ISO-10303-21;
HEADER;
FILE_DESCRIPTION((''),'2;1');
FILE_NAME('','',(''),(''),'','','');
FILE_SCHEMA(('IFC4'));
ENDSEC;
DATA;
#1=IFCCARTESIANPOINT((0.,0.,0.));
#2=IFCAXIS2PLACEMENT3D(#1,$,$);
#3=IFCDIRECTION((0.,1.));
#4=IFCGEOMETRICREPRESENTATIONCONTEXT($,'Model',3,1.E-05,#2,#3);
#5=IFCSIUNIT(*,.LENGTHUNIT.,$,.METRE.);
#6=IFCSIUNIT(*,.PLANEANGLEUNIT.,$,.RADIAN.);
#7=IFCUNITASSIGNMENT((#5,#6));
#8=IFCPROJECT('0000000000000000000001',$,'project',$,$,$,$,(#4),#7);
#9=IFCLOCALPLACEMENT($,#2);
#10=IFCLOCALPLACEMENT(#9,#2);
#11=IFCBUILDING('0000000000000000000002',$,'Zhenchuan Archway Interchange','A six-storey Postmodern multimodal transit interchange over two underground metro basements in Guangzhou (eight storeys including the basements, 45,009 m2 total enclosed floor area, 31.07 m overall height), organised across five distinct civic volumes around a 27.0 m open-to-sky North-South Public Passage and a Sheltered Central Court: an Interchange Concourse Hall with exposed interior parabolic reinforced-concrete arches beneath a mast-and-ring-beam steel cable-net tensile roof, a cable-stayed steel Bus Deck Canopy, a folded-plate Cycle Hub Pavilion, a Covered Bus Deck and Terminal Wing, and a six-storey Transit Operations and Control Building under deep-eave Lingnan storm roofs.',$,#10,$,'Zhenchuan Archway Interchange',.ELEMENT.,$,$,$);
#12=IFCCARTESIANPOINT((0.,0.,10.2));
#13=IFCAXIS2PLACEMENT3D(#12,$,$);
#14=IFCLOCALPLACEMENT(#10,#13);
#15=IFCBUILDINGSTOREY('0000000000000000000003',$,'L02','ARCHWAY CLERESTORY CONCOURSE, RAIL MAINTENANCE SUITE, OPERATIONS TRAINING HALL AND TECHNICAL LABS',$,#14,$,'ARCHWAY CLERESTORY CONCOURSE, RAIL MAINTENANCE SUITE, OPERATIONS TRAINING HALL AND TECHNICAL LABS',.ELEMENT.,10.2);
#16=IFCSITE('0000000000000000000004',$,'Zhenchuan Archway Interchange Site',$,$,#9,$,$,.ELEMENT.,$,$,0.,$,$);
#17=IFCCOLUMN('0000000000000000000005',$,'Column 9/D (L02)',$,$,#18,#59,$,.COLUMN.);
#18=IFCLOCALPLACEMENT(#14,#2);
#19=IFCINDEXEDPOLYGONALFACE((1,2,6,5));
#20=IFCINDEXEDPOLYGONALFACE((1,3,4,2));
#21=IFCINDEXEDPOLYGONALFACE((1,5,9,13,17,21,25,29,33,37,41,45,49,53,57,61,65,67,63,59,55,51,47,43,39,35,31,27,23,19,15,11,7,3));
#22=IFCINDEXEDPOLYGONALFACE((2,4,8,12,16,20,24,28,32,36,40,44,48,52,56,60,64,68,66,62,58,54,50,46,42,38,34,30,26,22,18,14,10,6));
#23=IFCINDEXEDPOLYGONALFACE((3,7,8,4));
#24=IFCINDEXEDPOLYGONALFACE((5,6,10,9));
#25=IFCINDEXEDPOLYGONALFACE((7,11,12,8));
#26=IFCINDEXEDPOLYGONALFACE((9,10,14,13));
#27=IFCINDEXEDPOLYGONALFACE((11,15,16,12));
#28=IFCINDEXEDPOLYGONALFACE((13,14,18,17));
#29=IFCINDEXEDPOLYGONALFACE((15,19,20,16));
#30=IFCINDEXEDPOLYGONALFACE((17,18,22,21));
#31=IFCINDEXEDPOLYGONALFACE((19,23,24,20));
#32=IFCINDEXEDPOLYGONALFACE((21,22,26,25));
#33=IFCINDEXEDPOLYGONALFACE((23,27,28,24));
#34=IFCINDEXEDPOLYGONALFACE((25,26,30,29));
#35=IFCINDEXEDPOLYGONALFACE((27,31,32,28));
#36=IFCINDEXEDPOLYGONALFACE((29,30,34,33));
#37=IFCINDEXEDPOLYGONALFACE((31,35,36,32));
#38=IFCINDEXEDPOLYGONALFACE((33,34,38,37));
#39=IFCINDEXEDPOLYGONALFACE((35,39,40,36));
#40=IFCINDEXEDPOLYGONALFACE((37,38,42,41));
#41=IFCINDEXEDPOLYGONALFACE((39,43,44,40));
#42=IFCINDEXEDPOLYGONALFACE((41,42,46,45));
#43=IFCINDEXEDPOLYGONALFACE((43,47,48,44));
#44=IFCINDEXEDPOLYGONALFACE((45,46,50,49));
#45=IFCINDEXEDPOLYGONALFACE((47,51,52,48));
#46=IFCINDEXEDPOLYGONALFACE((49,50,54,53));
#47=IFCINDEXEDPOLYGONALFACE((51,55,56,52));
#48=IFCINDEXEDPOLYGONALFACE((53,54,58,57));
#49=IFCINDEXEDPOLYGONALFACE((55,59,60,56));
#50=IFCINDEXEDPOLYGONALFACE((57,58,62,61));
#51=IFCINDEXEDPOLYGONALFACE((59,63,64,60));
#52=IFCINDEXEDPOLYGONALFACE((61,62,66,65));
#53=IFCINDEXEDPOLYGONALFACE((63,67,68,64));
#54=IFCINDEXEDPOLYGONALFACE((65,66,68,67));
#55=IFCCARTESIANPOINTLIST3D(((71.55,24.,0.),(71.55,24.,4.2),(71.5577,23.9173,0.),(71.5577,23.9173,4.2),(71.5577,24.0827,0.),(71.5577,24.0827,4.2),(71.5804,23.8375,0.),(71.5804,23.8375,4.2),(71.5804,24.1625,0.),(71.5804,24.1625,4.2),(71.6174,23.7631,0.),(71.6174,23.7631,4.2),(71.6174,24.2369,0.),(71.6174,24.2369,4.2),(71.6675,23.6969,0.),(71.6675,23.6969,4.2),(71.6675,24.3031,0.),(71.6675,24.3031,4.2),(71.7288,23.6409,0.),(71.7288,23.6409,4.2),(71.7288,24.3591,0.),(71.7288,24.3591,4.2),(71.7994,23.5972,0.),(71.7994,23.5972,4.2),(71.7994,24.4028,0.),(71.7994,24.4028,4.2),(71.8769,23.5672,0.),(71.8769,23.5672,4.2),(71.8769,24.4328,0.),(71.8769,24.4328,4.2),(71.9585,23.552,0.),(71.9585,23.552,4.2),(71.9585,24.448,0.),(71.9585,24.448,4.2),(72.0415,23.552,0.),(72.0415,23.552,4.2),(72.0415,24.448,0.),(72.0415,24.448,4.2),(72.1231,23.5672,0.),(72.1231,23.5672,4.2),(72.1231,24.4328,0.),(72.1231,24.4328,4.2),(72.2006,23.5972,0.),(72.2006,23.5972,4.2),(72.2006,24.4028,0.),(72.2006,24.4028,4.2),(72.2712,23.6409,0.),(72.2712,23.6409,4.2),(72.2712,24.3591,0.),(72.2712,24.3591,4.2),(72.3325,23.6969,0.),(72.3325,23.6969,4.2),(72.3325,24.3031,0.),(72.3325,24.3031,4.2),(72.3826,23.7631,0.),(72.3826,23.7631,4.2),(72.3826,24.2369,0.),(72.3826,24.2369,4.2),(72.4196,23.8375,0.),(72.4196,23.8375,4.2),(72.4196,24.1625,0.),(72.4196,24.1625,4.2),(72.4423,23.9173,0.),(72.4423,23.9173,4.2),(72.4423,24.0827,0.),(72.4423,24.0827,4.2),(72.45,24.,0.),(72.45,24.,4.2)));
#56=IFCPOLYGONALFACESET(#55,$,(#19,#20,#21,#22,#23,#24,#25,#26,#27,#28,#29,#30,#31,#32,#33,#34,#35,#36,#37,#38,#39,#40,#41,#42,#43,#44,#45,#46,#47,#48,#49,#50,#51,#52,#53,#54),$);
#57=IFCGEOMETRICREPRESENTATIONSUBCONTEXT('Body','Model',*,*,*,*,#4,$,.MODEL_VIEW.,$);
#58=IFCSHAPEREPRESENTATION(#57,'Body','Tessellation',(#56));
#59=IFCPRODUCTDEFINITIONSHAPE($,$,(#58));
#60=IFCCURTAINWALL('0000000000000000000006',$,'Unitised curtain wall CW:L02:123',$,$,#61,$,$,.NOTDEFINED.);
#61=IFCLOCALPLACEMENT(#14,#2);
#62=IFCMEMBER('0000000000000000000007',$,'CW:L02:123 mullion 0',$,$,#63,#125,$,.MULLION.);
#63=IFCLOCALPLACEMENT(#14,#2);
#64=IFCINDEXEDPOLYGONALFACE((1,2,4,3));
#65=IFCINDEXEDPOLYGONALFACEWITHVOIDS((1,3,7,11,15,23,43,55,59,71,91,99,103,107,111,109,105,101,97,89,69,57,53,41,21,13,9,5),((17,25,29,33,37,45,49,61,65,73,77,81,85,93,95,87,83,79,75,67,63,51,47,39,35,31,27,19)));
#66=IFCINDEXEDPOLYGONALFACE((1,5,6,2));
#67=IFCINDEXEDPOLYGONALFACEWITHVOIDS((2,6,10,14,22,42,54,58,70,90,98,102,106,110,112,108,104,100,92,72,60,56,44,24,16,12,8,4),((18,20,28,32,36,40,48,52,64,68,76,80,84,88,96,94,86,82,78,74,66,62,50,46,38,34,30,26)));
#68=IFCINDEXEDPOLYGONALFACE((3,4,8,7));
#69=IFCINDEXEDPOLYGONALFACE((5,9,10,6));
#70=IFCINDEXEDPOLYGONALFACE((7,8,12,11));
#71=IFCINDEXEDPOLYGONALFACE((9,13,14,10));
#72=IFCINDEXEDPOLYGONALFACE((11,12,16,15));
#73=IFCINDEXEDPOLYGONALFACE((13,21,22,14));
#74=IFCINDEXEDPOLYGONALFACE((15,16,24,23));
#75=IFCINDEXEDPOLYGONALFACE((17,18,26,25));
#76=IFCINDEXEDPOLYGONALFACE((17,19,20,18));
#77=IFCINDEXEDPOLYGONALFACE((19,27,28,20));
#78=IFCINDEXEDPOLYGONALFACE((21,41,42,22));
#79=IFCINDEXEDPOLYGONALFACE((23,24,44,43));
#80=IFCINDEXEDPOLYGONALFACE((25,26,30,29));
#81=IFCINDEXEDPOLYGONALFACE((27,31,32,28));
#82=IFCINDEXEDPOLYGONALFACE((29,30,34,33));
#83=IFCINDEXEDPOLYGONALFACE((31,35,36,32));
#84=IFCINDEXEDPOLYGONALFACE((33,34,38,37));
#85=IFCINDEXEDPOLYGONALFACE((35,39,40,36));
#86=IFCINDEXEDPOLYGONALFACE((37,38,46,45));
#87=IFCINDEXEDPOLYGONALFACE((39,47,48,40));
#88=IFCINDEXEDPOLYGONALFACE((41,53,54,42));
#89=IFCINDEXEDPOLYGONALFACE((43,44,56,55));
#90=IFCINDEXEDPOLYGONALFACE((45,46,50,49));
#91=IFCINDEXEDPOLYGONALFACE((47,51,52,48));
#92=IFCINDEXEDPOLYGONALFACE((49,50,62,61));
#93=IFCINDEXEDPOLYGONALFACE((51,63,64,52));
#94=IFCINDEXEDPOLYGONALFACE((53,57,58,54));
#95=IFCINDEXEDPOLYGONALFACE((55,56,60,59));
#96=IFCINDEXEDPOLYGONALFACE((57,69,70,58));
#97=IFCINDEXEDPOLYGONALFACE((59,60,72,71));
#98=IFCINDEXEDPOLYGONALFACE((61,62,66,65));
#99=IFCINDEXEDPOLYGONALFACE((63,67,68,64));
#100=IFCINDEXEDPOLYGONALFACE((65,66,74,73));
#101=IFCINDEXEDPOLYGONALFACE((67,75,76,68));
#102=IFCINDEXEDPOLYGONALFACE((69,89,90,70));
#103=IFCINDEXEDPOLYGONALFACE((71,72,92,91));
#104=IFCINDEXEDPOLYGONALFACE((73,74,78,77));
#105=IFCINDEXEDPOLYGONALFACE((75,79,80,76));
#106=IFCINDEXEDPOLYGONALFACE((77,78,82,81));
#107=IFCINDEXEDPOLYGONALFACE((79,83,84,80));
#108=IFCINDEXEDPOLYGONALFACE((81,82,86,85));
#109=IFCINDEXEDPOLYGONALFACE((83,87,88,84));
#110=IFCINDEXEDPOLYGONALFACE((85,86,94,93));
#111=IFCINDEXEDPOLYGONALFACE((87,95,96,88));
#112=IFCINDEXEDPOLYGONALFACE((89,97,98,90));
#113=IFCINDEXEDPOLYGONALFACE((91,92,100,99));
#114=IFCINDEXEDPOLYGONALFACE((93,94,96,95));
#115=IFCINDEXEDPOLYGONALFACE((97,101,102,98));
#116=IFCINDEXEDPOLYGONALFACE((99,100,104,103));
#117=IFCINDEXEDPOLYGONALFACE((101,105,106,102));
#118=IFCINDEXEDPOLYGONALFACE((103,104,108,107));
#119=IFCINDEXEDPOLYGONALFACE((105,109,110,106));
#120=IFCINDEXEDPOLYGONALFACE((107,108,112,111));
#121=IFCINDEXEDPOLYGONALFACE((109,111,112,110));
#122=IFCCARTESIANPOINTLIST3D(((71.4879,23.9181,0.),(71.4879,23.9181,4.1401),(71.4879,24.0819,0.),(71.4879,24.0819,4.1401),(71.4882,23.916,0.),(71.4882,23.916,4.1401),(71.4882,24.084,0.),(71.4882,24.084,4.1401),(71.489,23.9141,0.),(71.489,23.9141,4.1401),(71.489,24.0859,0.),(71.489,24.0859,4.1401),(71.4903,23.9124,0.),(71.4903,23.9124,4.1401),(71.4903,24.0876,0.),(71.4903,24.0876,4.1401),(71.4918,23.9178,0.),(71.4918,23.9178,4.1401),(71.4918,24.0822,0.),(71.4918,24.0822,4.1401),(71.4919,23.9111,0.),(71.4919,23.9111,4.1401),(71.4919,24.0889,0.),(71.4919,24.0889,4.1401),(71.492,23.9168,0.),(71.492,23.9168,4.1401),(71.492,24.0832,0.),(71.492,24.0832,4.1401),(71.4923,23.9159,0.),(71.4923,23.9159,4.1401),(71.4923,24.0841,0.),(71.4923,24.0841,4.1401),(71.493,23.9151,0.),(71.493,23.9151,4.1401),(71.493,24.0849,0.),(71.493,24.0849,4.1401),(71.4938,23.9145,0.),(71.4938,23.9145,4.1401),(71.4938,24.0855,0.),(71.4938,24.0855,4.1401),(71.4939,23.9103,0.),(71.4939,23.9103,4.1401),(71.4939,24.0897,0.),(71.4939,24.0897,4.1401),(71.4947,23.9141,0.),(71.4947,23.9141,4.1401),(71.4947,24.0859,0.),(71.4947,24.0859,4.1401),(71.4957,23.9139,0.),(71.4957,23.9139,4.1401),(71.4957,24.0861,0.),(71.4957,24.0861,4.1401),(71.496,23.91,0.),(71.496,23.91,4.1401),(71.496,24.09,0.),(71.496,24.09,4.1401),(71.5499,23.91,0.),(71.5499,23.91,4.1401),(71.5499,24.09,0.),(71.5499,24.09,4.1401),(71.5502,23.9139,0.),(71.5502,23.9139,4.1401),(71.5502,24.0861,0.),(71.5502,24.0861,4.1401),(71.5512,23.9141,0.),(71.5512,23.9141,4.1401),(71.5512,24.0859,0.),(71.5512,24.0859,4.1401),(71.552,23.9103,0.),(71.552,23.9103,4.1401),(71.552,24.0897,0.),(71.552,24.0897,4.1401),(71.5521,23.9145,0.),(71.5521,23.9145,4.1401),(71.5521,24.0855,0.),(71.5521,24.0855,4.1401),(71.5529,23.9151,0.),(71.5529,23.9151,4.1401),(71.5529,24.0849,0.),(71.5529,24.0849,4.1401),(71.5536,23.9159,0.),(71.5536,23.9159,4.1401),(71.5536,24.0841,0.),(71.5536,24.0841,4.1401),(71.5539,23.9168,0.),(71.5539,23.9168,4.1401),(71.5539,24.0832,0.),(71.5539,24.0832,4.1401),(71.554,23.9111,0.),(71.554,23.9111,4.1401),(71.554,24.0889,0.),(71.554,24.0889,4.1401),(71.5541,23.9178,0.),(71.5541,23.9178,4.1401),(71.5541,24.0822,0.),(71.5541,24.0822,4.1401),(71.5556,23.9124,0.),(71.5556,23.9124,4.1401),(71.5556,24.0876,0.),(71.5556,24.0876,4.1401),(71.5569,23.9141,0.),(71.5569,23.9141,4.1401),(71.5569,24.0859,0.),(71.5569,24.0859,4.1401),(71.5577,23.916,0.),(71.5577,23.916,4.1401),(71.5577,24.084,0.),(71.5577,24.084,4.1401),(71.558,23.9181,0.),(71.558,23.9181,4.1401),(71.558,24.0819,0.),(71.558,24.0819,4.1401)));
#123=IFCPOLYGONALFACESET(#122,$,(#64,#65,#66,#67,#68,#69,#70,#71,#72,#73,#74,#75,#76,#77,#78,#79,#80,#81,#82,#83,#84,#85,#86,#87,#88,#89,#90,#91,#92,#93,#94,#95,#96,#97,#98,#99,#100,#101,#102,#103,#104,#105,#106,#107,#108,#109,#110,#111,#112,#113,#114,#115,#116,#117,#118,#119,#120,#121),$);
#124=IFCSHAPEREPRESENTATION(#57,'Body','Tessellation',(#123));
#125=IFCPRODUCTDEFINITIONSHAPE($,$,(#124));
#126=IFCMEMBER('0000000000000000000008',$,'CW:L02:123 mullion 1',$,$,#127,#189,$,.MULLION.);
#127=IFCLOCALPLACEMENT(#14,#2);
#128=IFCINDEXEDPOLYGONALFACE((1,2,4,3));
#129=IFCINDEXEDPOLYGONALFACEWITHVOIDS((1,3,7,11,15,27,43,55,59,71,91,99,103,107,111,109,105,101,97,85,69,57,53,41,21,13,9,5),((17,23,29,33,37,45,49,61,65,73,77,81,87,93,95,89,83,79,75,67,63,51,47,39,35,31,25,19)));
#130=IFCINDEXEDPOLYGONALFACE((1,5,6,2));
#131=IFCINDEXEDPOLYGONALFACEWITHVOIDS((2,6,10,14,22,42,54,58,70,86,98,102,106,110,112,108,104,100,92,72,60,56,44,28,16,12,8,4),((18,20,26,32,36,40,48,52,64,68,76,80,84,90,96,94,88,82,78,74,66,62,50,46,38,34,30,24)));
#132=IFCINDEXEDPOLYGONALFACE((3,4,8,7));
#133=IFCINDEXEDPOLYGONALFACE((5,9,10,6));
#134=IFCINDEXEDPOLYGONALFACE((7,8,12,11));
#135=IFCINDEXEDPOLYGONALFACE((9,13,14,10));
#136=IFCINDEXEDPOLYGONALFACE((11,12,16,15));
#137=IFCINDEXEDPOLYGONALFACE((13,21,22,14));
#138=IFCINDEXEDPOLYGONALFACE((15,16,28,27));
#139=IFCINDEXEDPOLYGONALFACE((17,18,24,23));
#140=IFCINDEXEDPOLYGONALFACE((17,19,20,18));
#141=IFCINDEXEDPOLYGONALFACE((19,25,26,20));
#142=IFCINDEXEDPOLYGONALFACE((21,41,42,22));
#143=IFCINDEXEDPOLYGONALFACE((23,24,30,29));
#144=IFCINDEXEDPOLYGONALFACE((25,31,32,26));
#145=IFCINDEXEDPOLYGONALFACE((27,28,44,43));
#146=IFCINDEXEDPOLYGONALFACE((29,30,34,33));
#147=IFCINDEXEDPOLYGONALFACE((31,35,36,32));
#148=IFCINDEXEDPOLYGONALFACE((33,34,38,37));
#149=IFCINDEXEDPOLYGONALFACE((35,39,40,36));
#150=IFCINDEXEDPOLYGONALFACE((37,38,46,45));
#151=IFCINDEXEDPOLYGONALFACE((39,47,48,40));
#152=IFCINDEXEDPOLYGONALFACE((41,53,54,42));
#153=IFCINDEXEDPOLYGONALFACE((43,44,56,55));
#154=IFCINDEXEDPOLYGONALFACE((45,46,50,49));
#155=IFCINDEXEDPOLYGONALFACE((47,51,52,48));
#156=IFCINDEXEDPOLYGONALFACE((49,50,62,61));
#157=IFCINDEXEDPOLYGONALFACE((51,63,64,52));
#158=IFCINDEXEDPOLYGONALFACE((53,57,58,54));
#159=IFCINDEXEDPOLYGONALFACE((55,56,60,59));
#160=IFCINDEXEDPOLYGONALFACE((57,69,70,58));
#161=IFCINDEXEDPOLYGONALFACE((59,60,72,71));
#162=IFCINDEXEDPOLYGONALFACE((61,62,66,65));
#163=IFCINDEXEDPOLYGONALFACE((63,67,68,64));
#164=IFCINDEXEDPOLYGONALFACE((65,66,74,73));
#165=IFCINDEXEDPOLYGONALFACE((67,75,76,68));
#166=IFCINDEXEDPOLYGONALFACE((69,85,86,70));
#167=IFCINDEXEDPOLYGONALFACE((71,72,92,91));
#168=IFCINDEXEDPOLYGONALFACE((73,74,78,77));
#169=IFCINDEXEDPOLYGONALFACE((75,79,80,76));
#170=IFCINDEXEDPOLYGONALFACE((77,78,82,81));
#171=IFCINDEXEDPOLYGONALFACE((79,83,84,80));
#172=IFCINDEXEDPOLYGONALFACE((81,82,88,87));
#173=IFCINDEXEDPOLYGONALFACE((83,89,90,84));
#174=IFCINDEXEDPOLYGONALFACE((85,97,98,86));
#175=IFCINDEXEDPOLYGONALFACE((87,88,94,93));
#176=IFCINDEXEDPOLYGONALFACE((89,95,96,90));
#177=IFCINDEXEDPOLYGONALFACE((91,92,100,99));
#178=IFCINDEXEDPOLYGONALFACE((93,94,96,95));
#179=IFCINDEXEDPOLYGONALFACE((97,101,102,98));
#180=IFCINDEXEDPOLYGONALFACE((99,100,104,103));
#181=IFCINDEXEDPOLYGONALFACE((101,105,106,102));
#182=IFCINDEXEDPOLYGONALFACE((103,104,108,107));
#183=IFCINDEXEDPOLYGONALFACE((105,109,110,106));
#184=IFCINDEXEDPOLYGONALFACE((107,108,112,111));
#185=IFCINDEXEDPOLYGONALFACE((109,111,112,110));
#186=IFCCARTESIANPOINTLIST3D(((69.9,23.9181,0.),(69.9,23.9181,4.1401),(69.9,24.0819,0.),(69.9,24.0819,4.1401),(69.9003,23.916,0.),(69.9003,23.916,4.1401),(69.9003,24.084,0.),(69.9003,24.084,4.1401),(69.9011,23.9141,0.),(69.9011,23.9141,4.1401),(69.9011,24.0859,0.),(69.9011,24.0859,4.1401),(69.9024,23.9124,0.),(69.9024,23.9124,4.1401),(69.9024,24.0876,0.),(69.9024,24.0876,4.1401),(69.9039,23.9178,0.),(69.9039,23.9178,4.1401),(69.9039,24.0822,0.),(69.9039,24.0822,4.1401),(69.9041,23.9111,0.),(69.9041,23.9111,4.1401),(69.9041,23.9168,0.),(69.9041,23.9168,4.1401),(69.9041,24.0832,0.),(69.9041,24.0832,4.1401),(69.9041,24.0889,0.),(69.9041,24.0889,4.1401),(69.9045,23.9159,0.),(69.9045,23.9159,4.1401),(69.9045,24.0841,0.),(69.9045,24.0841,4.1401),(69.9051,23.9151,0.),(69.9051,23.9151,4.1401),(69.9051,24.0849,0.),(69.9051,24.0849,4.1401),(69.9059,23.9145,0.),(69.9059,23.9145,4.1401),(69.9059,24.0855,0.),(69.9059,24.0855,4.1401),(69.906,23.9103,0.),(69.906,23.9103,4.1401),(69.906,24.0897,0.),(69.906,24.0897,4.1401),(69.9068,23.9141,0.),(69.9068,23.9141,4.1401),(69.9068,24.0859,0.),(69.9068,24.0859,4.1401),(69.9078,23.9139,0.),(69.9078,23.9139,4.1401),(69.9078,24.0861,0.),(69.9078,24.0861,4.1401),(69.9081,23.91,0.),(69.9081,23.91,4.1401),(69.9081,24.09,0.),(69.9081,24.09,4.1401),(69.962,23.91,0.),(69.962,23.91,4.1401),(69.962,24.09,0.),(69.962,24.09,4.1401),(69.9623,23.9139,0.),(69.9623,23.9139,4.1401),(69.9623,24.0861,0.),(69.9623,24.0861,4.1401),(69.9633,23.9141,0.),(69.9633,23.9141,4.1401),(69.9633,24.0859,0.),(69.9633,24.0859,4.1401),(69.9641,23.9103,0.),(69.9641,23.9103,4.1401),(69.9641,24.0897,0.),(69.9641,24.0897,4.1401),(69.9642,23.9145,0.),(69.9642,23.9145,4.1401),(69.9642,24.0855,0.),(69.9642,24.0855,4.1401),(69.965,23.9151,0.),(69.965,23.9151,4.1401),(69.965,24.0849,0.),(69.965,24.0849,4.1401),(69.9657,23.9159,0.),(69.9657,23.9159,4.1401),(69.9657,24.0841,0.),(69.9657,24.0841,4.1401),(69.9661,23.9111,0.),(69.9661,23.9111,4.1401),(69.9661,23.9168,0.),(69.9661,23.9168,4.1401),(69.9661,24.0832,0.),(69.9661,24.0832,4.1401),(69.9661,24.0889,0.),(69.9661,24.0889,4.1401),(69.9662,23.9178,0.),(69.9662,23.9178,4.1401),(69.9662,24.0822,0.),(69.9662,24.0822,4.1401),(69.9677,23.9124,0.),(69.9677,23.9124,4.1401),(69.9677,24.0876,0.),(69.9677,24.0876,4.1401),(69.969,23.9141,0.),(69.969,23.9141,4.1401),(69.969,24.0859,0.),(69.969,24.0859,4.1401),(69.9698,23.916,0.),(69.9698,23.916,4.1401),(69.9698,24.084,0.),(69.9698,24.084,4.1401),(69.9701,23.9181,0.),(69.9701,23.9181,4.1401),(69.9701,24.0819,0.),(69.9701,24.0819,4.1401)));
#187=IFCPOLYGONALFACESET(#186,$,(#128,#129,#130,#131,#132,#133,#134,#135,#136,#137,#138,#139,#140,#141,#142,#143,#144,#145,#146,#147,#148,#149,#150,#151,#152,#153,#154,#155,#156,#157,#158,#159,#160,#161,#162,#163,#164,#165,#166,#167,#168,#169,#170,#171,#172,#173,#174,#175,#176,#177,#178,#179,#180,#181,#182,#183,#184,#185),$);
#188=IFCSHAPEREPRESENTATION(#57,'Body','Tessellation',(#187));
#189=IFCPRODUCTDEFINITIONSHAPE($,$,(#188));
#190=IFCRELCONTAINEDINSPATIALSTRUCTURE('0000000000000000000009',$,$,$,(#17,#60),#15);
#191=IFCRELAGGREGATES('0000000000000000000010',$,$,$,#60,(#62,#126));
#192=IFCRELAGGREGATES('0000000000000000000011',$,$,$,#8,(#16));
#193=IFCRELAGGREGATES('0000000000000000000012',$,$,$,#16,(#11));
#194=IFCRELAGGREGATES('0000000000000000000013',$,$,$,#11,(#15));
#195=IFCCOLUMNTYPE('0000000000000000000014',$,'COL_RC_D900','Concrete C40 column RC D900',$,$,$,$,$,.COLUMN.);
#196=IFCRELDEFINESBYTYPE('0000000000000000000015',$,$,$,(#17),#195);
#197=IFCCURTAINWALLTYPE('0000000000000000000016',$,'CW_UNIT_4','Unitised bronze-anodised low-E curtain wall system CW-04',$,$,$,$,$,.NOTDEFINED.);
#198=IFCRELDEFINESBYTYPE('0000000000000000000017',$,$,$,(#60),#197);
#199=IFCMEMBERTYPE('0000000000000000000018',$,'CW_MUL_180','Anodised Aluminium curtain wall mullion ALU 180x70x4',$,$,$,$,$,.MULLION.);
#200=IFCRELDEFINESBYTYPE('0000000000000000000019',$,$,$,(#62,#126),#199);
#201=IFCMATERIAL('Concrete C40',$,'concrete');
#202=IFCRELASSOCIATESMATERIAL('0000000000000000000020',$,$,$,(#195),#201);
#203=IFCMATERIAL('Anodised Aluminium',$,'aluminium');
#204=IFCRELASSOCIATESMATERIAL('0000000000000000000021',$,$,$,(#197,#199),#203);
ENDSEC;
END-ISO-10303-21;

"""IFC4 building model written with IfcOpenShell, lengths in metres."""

from ifc_helpers import new_model, si_unit, direction, frame, origin, origin_2d, place, context, subcontext, project, spatial, hollow_rectangle, circle, extrude, material, material_profile, profile_set, type_object, element, aggregate, save


model = new_model("IFC4")

# Units and contexts
model_context = context("Model", 3, precision=1e-05, world=origin(), true_north=direction((0.0, 1.0)))
body_context = subcontext(model_context, "Body", "Model", "MODEL_VIEW")
ifc_project = project(units=[si_unit("LENGTHUNIT", "METRE"), si_unit("PLANEANGLEUNIT", "RADIAN")], contexts=[model_context])

# Site, building, storey
site_placement = place(None, origin())
site = spatial("IfcSite", under=ifc_project, at=site_placement, Name="Zhenchuan Archway Interchange Site", CompositionType="ELEMENT", RefElevation=0.0)
building_placement = place(site_placement, origin())
building = spatial("IfcBuilding", under=site, at=building_placement, Name="Zhenchuan Archway Interchange", Description="A six-storey Postmodern multimodal transit interchange over two underground metro basements in Guangzhou (eight storeys including the basements, 45,009 m2 total enclosed floor area, 31.07 m overall height), organised across five distinct civic volumes around a 27.0 m open-to-sky North-South Public Passage and a Sheltered Central Court: an Interchange Concourse Hall with exposed interior parabolic reinforced-concrete arches beneath a mast-and-ring-beam steel cable-net tensile roof, a cable-stayed steel Bus Deck Canopy, a folded-plate Cycle Hub Pavilion, a Covered Bus Deck and Terminal Wing, and a six-storey Transit Operations and Control Building under deep-eave Lingnan storm roofs.", LongName="Zhenchuan Archway Interchange", CompositionType="ELEMENT")
storey_placement = place(building_placement, frame((0.0, 0.0, 10.2)))
storey = spatial("IfcBuildingStorey", under=building, at=storey_placement, Name="L02", Description="ARCHWAY CLERESTORY CONCOURSE, RAIL MAINTENANCE SUITE, OPERATIONS TRAINING HALL AND TECHNICAL LABS", LongName="ARCHWAY CLERESTORY CONCOURSE, RAIL MAINTENANCE SUITE, OPERATIONS TRAINING HALL AND TECHNICAL LABS", CompositionType="ELEMENT", Elevation=10.2)

# Column
ifc_material_1 = material(Name="Concrete C40", Category="concrete")
ifc_material_profile_1 = material_profile(ifc_material_1, circle(Radius=0.45, at=origin_2d()), Name="RC D900")
ifc_profile_set_1 = profile_set([ifc_material_profile_1], Name="Concrete C40")
column_type = type_object("IfcColumnType", Name="COL_RC_D900", Description="Concrete C40 column RC D900", PredefinedType="COLUMN", material=ifc_profile_set_1)
column_placement = place(storey_placement, frame((72.0, 24.0, 0.0), z_axis=(0.0, 0.0, 1.0), x_axis=(1.0, 0.0, 0.0)))
element("IfcColumn", 1, at=column_placement, inside=storey, type_object=column_type, Name="Column 9/D (L02)", PredefinedType="COLUMN", context=body_context, shape_type="SweptSolid", body=[
    extrude(circle(Radius=0.45, at=origin_2d()), origin(), (0.0, 0.0, 1.0), 4.2),
])

# Curtain wall, members
ifc_material_2 = material(Name="Anodised Aluminium", Category="aluminium")
curtain_wall_type = type_object("IfcCurtainWallType", Name="CW_UNIT_4", Description="Unitised bronze-anodised low-E curtain wall system CW-04", PredefinedType="NOTDEFINED", material=ifc_material_2)
curtain_wall_placement = place(storey_placement, origin())
curtain_wall = element("IfcCurtainWall", 2, at=curtain_wall_placement, inside=storey, type_object=curtain_wall_type, Name="Unitised curtain wall CW:L02:123", PredefinedType="NOTDEFINED")
ifc_material_profile_2 = material_profile(ifc_material_2, hollow_rectangle(XDim=0.0701, YDim=0.1799, WallThickness=0.0039, InnerFilletRadius=0.0039, OuterFilletRadius=0.0081, at=origin_2d()), Name="ALU 180x70x4")
ifc_profile_set_2 = profile_set([ifc_material_profile_2], Name="Anodised Aluminium")
member_type_1 = type_object("IfcMemberType", Name="CW_MUL_180", Description="Anodised Aluminium curtain wall mullion ALU 180x70x4", PredefinedType="MULLION", material=ifc_profile_set_2)
member_1_placement = place(storey_placement, frame((71.5229, 24.0, 0.0), z_axis=(0.0, 0.0, 1.0), x_axis=(1.0, 0.0, 0.0)))
member_1 = element("IfcMember", 3, at=member_1_placement, type_object=member_type_1, Name="CW:L02:123 mullion 0", PredefinedType="MULLION", context=body_context, shape_type="SweptSolid", body=[
    extrude(hollow_rectangle(XDim=0.0701, YDim=0.1799, WallThickness=0.0039, InnerFilletRadius=0.0039, OuterFilletRadius=0.0081, at=origin_2d()), origin(), (0.0, 0.0, 1.0), 4.1401),
])
member_2_placement = place(storey_placement, frame((69.9351, 24.0, 0.0), z_axis=(0.0, 0.0, 1.0), x_axis=(1.0, 0.0, 0.0)))
member_2 = element("IfcMember", 4, at=member_2_placement, type_object=member_type_1, Name="CW:L02:123 mullion 1", PredefinedType="MULLION", context=body_context, shape_type="SweptSolid", body=[
    extrude(hollow_rectangle(XDim=0.0701, YDim=0.1799, WallThickness=0.0039, InnerFilletRadius=0.0039, OuterFilletRadius=0.0081, at=origin_2d()), origin(), (0.0, 0.0, 1.0), 4.1401),
])

aggregate(curtain_wall, [member_1, member_2])

save(model, "model.ifc")
